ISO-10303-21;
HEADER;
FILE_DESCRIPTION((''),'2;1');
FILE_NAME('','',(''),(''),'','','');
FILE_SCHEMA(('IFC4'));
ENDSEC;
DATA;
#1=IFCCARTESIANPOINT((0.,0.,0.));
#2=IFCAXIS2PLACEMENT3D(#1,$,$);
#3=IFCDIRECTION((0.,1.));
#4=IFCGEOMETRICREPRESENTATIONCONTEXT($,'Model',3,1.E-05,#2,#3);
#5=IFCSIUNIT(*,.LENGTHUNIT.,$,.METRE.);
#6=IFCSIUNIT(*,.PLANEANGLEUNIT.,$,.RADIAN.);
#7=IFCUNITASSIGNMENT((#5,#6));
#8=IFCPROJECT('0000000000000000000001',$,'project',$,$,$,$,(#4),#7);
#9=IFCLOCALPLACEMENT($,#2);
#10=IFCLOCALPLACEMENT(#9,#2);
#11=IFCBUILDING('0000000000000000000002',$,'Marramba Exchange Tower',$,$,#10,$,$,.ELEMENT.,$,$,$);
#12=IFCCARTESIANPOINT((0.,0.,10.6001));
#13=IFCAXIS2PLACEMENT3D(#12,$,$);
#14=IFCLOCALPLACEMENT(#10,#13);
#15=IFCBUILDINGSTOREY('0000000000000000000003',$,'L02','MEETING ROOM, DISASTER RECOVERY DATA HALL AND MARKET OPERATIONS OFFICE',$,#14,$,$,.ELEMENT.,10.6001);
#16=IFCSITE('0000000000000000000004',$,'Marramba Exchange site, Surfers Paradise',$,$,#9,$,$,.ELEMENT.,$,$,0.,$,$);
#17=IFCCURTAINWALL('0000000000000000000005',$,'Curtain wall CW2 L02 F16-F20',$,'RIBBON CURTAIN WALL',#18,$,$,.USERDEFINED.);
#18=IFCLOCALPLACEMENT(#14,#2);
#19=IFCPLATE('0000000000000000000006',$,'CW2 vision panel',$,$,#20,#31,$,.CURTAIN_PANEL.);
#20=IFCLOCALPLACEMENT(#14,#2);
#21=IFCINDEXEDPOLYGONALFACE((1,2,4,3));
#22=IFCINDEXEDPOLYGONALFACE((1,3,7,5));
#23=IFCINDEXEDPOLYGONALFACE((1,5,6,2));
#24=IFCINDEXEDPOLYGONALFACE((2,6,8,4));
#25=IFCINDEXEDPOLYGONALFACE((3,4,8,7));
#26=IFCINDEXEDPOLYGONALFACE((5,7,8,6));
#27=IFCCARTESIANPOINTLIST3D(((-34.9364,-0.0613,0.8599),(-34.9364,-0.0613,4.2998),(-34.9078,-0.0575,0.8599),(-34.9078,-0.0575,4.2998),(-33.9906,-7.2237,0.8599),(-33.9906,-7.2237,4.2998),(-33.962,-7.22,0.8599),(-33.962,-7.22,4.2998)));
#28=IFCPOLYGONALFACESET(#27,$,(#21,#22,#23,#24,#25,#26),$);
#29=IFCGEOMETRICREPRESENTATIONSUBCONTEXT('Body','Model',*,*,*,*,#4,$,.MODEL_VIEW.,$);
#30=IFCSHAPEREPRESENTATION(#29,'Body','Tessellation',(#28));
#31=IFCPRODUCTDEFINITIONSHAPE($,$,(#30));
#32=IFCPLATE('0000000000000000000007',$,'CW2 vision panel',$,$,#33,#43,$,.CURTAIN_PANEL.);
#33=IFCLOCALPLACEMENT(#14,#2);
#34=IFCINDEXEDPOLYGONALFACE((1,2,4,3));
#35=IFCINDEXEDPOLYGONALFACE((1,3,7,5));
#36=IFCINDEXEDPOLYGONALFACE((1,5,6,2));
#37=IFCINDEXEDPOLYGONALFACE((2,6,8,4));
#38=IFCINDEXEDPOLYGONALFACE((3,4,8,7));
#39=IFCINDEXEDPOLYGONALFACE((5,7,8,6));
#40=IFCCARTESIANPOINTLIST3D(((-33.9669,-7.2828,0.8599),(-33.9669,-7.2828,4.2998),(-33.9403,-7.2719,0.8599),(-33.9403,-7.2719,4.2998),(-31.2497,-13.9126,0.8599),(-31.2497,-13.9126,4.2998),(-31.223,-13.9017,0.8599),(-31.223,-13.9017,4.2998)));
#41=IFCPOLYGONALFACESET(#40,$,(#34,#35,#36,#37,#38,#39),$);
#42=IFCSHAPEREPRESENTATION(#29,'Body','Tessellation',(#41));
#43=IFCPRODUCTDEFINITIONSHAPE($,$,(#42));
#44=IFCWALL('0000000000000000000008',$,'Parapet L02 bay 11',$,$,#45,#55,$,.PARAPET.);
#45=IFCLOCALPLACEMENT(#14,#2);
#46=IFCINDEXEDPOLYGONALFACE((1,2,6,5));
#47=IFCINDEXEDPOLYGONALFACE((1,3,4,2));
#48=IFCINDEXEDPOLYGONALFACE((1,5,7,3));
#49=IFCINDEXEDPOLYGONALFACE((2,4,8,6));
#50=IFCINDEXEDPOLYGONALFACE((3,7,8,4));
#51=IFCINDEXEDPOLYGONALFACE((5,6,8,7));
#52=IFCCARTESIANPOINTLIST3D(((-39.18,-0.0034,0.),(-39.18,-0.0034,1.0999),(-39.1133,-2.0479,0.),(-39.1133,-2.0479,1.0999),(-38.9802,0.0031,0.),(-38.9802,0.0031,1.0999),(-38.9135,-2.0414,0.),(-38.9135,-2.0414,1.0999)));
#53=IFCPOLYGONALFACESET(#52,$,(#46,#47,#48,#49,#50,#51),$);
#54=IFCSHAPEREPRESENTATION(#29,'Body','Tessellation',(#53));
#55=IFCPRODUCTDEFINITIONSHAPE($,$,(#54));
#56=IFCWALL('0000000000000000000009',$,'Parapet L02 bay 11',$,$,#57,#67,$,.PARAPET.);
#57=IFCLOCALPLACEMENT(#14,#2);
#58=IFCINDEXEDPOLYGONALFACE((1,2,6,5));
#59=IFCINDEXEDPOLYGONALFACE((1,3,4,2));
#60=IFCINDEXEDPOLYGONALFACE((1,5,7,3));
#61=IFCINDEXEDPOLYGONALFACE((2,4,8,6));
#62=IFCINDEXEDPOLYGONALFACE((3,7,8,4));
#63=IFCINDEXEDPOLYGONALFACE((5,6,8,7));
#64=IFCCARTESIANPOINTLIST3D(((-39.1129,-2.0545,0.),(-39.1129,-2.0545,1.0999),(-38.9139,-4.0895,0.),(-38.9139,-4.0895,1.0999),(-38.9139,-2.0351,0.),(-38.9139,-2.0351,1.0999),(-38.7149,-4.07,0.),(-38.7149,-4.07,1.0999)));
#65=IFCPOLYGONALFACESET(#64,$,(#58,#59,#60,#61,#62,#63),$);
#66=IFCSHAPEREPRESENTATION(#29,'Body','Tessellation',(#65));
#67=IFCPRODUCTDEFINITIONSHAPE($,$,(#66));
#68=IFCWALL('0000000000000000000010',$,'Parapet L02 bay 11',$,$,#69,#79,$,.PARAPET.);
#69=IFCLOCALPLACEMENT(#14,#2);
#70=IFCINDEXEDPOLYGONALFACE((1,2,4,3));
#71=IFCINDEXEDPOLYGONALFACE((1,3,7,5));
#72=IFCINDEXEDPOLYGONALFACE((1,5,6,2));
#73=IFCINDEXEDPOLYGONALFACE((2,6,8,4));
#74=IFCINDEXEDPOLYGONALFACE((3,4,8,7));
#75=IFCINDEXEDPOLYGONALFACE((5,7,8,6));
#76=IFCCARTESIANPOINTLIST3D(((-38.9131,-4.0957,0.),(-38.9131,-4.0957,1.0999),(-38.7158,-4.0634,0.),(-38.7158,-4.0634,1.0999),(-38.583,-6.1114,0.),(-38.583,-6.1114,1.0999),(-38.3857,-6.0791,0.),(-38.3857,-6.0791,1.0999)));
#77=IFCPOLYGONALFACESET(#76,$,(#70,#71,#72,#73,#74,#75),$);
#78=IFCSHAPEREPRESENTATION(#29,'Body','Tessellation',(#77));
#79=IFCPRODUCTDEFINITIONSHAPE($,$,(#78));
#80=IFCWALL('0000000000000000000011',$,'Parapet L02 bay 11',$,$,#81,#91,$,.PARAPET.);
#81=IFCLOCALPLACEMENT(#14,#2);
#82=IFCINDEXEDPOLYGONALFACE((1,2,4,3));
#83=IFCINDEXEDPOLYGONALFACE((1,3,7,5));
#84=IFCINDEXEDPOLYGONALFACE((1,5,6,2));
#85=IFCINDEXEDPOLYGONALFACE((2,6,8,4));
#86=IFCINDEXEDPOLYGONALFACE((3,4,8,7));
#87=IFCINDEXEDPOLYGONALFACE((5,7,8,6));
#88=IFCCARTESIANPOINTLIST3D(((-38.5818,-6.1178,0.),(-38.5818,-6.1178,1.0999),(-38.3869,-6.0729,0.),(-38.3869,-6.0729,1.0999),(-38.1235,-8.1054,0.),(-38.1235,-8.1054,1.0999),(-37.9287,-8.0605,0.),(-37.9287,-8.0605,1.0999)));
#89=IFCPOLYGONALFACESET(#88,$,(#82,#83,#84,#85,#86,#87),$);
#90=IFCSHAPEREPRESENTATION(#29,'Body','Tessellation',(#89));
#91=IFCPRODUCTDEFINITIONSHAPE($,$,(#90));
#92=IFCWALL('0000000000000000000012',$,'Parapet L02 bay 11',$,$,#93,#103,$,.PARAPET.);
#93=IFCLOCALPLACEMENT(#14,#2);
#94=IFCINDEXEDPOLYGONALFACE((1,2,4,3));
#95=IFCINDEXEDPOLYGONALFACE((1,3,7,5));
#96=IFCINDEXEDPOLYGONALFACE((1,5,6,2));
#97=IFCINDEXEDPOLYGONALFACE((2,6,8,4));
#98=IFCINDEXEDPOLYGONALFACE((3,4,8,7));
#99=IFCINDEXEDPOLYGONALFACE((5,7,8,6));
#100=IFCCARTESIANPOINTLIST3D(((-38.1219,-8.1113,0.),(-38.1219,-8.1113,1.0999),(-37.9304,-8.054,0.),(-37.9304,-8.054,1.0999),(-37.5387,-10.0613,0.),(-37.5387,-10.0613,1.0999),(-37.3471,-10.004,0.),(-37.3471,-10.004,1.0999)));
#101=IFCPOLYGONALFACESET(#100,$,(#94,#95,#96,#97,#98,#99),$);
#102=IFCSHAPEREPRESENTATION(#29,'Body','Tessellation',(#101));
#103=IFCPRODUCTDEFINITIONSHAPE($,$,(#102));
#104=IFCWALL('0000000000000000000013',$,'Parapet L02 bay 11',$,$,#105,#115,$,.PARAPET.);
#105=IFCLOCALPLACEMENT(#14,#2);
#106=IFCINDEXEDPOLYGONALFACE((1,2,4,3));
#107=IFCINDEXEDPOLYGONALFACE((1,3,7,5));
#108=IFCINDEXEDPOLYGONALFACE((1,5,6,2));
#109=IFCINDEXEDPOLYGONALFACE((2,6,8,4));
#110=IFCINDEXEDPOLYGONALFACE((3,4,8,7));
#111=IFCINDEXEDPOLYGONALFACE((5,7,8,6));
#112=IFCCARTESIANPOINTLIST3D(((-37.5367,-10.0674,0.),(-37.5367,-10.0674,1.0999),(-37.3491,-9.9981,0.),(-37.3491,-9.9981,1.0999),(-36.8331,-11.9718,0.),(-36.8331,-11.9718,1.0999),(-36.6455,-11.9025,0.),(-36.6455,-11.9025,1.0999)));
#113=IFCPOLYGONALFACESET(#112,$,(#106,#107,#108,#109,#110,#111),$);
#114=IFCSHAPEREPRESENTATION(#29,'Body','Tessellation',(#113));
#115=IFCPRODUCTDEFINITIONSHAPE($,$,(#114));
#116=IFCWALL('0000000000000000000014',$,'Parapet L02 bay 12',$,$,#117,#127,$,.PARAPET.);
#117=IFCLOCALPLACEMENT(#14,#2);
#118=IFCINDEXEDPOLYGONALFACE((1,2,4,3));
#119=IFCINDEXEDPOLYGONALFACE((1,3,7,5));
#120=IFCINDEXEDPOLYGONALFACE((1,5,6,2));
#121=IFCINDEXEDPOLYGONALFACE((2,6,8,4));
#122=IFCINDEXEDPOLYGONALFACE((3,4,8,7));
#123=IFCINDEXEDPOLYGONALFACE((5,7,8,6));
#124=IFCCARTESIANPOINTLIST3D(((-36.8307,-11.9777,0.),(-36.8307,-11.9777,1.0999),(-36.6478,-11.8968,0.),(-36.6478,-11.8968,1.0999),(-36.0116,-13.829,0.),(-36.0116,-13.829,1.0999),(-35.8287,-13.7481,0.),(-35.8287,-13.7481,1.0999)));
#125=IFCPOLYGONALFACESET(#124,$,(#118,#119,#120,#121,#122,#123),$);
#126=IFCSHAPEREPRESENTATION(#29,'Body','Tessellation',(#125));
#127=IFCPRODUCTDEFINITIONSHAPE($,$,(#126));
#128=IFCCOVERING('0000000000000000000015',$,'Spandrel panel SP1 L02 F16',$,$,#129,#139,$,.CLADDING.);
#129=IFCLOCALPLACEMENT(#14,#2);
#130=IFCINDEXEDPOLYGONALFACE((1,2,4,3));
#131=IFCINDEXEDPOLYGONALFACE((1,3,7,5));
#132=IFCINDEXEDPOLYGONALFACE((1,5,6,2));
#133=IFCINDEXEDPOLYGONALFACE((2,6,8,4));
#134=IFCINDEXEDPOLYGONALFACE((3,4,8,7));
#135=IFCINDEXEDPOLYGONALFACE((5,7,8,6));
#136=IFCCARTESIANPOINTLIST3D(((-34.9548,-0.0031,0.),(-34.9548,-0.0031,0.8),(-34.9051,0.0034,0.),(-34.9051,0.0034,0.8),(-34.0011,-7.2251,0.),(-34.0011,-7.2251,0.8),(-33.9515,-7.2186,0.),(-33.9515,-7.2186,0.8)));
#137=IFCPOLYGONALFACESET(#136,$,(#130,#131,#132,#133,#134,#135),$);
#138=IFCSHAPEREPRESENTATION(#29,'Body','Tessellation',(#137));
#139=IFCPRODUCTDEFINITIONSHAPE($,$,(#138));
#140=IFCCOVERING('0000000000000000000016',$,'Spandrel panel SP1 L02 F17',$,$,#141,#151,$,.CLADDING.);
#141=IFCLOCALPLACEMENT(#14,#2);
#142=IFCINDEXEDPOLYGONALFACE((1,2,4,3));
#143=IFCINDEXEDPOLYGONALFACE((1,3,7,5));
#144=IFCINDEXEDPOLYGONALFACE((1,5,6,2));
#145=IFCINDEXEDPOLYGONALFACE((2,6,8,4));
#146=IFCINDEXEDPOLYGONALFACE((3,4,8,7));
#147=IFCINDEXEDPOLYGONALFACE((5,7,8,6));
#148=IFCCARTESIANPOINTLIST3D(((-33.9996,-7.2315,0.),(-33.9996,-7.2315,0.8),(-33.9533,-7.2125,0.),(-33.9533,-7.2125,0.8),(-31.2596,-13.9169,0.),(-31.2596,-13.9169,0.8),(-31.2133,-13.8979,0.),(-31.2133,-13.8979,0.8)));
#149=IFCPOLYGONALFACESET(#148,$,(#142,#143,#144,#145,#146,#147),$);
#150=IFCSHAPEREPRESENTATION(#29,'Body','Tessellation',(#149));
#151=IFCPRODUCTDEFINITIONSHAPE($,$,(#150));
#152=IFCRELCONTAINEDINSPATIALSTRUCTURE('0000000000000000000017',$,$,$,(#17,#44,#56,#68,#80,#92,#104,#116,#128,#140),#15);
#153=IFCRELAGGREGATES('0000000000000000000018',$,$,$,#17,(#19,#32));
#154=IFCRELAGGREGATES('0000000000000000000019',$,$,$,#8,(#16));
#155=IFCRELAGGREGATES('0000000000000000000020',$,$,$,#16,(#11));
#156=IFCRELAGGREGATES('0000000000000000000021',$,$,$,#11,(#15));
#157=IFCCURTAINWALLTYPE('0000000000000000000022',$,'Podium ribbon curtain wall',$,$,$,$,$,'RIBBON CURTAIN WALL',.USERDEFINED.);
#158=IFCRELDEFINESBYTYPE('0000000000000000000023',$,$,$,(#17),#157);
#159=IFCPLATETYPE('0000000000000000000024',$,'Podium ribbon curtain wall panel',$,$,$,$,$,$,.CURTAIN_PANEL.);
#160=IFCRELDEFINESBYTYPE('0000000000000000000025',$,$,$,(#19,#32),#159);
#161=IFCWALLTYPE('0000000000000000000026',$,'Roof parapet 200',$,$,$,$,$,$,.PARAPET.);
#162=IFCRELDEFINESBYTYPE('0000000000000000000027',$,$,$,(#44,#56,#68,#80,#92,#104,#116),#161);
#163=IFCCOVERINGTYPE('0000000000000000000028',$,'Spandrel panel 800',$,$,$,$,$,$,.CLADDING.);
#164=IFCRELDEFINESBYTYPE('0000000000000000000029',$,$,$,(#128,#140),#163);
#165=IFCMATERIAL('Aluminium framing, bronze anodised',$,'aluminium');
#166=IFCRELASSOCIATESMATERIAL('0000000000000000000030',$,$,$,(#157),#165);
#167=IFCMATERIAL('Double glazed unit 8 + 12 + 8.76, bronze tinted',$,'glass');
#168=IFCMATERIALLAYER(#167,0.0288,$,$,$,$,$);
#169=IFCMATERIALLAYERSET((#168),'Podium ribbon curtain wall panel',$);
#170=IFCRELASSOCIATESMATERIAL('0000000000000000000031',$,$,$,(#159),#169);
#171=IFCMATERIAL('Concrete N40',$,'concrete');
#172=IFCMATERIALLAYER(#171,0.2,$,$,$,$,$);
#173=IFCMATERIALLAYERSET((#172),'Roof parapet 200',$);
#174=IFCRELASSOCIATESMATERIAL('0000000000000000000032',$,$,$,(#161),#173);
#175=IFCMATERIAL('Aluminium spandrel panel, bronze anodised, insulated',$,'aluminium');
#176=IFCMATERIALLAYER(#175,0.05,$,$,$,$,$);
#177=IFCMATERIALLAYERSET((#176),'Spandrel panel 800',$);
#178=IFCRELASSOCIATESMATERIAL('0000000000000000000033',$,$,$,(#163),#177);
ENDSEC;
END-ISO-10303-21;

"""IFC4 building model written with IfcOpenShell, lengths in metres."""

from ifc_helpers import new_model, si_unit, direction, frame, frame_2d, origin, origin_2d, place, context, subcontext, project, spatial, rectangle, extrude, material, layer, layer_set, type_object, element, aggregate, save


model = new_model("IFC4")

# Units and contexts
model_context = context("Model", 3, precision=1e-05, world=origin(), true_north=direction((0.0, 1.0)))
body_context = subcontext(model_context, "Body", "Model", "MODEL_VIEW")
ifc_project = project(units=[si_unit("LENGTHUNIT", "METRE"), si_unit("PLANEANGLEUNIT", "RADIAN")], contexts=[model_context])

# Site, building, storey
site_placement = place(None, origin())
site = spatial("IfcSite", under=ifc_project, at=site_placement, Name="Marramba Exchange site, Surfers Paradise", CompositionType="ELEMENT", RefElevation=0.0)
building_placement = place(site_placement, origin())
building = spatial("IfcBuilding", under=site, at=building_placement, Name="Marramba Exchange Tower", CompositionType="ELEMENT")
storey_placement = place(building_placement, frame((0.0, 0.0, 10.6001)))
storey = spatial("IfcBuildingStorey", under=building, at=storey_placement, Name="L02", Description="MEETING ROOM, DISASTER RECOVERY DATA HALL AND MARKET OPERATIONS OFFICE", CompositionType="ELEMENT", Elevation=10.6001)

# Curtain wall
ifc_material_1 = material(Name="Aluminium framing, bronze anodised", Category="aluminium")
curtain_wall_type = type_object("IfcCurtainWallType", Name="Podium ribbon curtain wall", ElementType="RIBBON CURTAIN WALL", PredefinedType="USERDEFINED", material=ifc_material_1)
curtain_wall_placement = place(storey_placement, origin())
curtain_wall = element("IfcCurtainWall", 1, at=curtain_wall_placement, inside=storey, type_object=curtain_wall_type, Name="Curtain wall CW2 L02 F16-F20", ObjectType="RIBBON CURTAIN WALL", PredefinedType="USERDEFINED")

# Plates
ifc_material_2 = material(Name="Double glazed unit 8 + 12 + 8.76, bronze tinted", Category="glass")
ifc_layer_1 = layer(ifc_material_2, 0.0288)
ifc_layer_set_1 = layer_set([ifc_layer_1], Name="Podium ribbon curtain wall panel")
plate_type = type_object("IfcPlateType", Name="Podium ribbon curtain wall panel", PredefinedType="CURTAIN_PANEL", material=ifc_layer_set_1)
plate_1_placement = place(storey_placement, frame((-34.4492, -3.6406, 0.8599), z_axis=(0.0, 0.0, 1.0), x_axis=(0.130911, -0.991394, 0.0)))
plate_1 = element("IfcPlate", 2, at=plate_1_placement, type_object=plate_type, Name="CW2 vision panel", PredefinedType="CURTAIN_PANEL", context=body_context, shape_type="SweptSolid", body=[
    extrude(rectangle(XDim=7.2246, YDim=0.0288, at=origin_2d()), origin(), (0.0, 0.0, 1.0), 3.4399),
])
plate_2_placement = place(storey_placement, frame((-32.595, -10.5923, 0.8599), z_axis=(0.0, 0.0, 1.0), x_axis=(0.37924, -0.925298, 0.0)))
plate_2 = element("IfcPlate", 3, at=plate_2_placement, type_object=plate_type, Name="CW2 vision panel", PredefinedType="CURTAIN_PANEL", context=body_context, shape_type="SweptSolid", body=[
    extrude(rectangle(XDim=7.165, YDim=0.0288, at=origin_2d()), origin(), (0.0, 0.0, 1.0), 3.4399),
])
aggregate(curtain_wall, [plate_1, plate_2])

# Walls
ifc_material_3 = material(Name="Concrete N40", Category="concrete")
ifc_layer_2 = layer(ifc_material_3, 0.2)
ifc_layer_set_2 = layer_set([ifc_layer_2], Name="Roof parapet 200")
wall_type = type_object("IfcWallType", Name="Roof parapet 200", PredefinedType="PARAPET", material=ifc_layer_set_2)
wall_1_placement = place(storey_placement, frame((-39.0801, 0.0, 0.0), z_axis=(0.0, 0.0, 1.0), x_axis=(0.03258, -0.999469, 0.0)))
element("IfcWall", 4, at=wall_1_placement, inside=storey, type_object=wall_type, Name="Parapet L02 bay 11", PredefinedType="PARAPET", context=body_context, shape_type="SweptSolid", body=[
    extrude(rectangle(XDim=2.0457, YDim=0.2, at=frame_2d((1.0229, 0.0))), origin(), (0.0, 0.0, 1.0), 1.0999),
])
wall_2_placement = place(storey_placement, frame((-39.0134, -2.0447, 0.0), z_axis=(0.0, 0.0, 1.0), x_axis=(0.097316, -0.995254, 0.0)))
element("IfcWall", 5, at=wall_2_placement, inside=storey, type_object=wall_type, Name="Parapet L02 bay 11", PredefinedType="PARAPET", context=body_context, shape_type="SweptSolid", body=[
    extrude(rectangle(XDim=2.0447, YDim=0.2, at=frame_2d((1.0225, 0.0))), origin(), (0.0, 0.0, 1.0), 1.0999),
])
wall_3_placement = place(storey_placement, frame((-38.8145, -4.0796, 0.0), z_axis=(0.0, 0.0, 1.0), x_axis=(0.161607, -0.986855, 0.0)))
element("IfcWall", 6, at=wall_3_placement, inside=storey, type_object=wall_type, Name="Parapet L02 bay 11", PredefinedType="PARAPET", context=body_context, shape_type="SweptSolid", body=[
    extrude(rectangle(XDim=2.0425, YDim=0.2, at=frame_2d((1.0212, 0.0))), origin(), (0.0, 0.0, 1.0), 1.0999),
])
wall_4_placement = place(storey_placement, frame((-38.4844, -6.0952, 0.0), z_axis=(0.0, 0.0, 1.0), x_axis=(0.224667, -0.974436, 0.0)))
element("IfcWall", 7, at=wall_4_placement, inside=storey, type_object=wall_type, Name="Parapet L02 bay 11", PredefinedType="PARAPET", context=body_context, shape_type="SweptSolid", body=[
    extrude(rectangle(XDim=2.0398, YDim=0.2, at=frame_2d((1.02, 0.0))), origin(), (0.0, 0.0, 1.0), 1.0999),
])
wall_5_placement = place(storey_placement, frame((-38.0261, -8.0828, 0.0), z_axis=(0.0, 0.0, 1.0), x_axis=(0.286566, -0.95806, 0.0)))
element("IfcWall", 8, at=wall_5_placement, inside=storey, type_object=wall_type, Name="Parapet L02 bay 11", PredefinedType="PARAPET", context=body_context, shape_type="SweptSolid", body=[
    extrude(rectangle(XDim=2.0354, YDim=0.2, at=frame_2d((1.0176, 0.0))), origin(), (0.0, 0.0, 1.0), 1.0999),
])
wall_6_placement = place(storey_placement, frame((-37.4429, -10.0327, 0.0), z_axis=(0.0, 0.0, 1.0), x_axis=(0.346547, -0.938033, 0.0)))
element("IfcWall", 9, at=wall_6_placement, inside=storey, type_object=wall_type, Name="Parapet L02 bay 11", PredefinedType="PARAPET", context=body_context, shape_type="SweptSolid", body=[
    extrude(rectangle(XDim=2.0303, YDim=0.2, at=frame_2d((1.0151, 0.0))), origin(), (0.0, 0.0, 1.0), 1.0999),
])
wall_7_placement = place(storey_placement, frame((-36.7393, -11.9373, 0.0), z_axis=(0.0, 0.0, 1.0), x_axis=(0.404605, -0.914492, 0.0)))
element("IfcWall", 10, at=wall_7_placement, inside=storey, type_object=wall_type, Name="Parapet L02 bay 12", PredefinedType="PARAPET", context=body_context, shape_type="SweptSolid", body=[
    extrude(rectangle(XDim=2.0244, YDim=0.2, at=frame_2d((1.0122, 0.0))), origin(), (0.0, 0.0, 1.0), 1.0999),
])

# Coverings
ifc_material_4 = material(Name="Aluminium spandrel panel, bronze anodised, insulated", Category="aluminium")
ifc_layer_3 = layer(ifc_material_4, 0.05)
ifc_layer_set_3 = layer_set([ifc_layer_3], Name="Spandrel panel 800")
covering_type = type_object("IfcCoveringType", Name="Spandrel panel 800", PredefinedType="CLADDING", material=ifc_layer_set_3)
covering_1_placement = place(storey_placement, frame((-34.4531, -3.6108, 0.0), z_axis=(0.0, 0.0, 1.0), x_axis=(0.130911, -0.991394, 0.0)))
element("IfcCovering", 11, at=covering_1_placement, inside=storey, type_object=covering_type, Name="Spandrel panel SP1 L02 F16", PredefinedType="CLADDING", context=body_context, shape_type="SweptSolid", body=[
    extrude(rectangle(XDim=7.2847, YDim=0.05, at=origin_2d()), origin(), (0.0, 0.0, 1.0), 0.8),
])
covering_2_placement = place(storey_placement, frame((-32.6064, -10.5647, 0.0), z_axis=(0.0, 0.0, 1.0), x_axis=(0.37924, -0.925298, 0.0)))
element("IfcCovering", 12, at=covering_2_placement, inside=storey, type_object=covering_type, Name="Spandrel panel SP1 L02 F17", PredefinedType="CLADDING", context=body_context, shape_type="SweptSolid", body=[
    extrude(rectangle(XDim=7.2251, YDim=0.05, at=origin_2d()), origin(), (0.0, 0.0, 1.0), 0.8),
])

save(model, "model.ifc")
